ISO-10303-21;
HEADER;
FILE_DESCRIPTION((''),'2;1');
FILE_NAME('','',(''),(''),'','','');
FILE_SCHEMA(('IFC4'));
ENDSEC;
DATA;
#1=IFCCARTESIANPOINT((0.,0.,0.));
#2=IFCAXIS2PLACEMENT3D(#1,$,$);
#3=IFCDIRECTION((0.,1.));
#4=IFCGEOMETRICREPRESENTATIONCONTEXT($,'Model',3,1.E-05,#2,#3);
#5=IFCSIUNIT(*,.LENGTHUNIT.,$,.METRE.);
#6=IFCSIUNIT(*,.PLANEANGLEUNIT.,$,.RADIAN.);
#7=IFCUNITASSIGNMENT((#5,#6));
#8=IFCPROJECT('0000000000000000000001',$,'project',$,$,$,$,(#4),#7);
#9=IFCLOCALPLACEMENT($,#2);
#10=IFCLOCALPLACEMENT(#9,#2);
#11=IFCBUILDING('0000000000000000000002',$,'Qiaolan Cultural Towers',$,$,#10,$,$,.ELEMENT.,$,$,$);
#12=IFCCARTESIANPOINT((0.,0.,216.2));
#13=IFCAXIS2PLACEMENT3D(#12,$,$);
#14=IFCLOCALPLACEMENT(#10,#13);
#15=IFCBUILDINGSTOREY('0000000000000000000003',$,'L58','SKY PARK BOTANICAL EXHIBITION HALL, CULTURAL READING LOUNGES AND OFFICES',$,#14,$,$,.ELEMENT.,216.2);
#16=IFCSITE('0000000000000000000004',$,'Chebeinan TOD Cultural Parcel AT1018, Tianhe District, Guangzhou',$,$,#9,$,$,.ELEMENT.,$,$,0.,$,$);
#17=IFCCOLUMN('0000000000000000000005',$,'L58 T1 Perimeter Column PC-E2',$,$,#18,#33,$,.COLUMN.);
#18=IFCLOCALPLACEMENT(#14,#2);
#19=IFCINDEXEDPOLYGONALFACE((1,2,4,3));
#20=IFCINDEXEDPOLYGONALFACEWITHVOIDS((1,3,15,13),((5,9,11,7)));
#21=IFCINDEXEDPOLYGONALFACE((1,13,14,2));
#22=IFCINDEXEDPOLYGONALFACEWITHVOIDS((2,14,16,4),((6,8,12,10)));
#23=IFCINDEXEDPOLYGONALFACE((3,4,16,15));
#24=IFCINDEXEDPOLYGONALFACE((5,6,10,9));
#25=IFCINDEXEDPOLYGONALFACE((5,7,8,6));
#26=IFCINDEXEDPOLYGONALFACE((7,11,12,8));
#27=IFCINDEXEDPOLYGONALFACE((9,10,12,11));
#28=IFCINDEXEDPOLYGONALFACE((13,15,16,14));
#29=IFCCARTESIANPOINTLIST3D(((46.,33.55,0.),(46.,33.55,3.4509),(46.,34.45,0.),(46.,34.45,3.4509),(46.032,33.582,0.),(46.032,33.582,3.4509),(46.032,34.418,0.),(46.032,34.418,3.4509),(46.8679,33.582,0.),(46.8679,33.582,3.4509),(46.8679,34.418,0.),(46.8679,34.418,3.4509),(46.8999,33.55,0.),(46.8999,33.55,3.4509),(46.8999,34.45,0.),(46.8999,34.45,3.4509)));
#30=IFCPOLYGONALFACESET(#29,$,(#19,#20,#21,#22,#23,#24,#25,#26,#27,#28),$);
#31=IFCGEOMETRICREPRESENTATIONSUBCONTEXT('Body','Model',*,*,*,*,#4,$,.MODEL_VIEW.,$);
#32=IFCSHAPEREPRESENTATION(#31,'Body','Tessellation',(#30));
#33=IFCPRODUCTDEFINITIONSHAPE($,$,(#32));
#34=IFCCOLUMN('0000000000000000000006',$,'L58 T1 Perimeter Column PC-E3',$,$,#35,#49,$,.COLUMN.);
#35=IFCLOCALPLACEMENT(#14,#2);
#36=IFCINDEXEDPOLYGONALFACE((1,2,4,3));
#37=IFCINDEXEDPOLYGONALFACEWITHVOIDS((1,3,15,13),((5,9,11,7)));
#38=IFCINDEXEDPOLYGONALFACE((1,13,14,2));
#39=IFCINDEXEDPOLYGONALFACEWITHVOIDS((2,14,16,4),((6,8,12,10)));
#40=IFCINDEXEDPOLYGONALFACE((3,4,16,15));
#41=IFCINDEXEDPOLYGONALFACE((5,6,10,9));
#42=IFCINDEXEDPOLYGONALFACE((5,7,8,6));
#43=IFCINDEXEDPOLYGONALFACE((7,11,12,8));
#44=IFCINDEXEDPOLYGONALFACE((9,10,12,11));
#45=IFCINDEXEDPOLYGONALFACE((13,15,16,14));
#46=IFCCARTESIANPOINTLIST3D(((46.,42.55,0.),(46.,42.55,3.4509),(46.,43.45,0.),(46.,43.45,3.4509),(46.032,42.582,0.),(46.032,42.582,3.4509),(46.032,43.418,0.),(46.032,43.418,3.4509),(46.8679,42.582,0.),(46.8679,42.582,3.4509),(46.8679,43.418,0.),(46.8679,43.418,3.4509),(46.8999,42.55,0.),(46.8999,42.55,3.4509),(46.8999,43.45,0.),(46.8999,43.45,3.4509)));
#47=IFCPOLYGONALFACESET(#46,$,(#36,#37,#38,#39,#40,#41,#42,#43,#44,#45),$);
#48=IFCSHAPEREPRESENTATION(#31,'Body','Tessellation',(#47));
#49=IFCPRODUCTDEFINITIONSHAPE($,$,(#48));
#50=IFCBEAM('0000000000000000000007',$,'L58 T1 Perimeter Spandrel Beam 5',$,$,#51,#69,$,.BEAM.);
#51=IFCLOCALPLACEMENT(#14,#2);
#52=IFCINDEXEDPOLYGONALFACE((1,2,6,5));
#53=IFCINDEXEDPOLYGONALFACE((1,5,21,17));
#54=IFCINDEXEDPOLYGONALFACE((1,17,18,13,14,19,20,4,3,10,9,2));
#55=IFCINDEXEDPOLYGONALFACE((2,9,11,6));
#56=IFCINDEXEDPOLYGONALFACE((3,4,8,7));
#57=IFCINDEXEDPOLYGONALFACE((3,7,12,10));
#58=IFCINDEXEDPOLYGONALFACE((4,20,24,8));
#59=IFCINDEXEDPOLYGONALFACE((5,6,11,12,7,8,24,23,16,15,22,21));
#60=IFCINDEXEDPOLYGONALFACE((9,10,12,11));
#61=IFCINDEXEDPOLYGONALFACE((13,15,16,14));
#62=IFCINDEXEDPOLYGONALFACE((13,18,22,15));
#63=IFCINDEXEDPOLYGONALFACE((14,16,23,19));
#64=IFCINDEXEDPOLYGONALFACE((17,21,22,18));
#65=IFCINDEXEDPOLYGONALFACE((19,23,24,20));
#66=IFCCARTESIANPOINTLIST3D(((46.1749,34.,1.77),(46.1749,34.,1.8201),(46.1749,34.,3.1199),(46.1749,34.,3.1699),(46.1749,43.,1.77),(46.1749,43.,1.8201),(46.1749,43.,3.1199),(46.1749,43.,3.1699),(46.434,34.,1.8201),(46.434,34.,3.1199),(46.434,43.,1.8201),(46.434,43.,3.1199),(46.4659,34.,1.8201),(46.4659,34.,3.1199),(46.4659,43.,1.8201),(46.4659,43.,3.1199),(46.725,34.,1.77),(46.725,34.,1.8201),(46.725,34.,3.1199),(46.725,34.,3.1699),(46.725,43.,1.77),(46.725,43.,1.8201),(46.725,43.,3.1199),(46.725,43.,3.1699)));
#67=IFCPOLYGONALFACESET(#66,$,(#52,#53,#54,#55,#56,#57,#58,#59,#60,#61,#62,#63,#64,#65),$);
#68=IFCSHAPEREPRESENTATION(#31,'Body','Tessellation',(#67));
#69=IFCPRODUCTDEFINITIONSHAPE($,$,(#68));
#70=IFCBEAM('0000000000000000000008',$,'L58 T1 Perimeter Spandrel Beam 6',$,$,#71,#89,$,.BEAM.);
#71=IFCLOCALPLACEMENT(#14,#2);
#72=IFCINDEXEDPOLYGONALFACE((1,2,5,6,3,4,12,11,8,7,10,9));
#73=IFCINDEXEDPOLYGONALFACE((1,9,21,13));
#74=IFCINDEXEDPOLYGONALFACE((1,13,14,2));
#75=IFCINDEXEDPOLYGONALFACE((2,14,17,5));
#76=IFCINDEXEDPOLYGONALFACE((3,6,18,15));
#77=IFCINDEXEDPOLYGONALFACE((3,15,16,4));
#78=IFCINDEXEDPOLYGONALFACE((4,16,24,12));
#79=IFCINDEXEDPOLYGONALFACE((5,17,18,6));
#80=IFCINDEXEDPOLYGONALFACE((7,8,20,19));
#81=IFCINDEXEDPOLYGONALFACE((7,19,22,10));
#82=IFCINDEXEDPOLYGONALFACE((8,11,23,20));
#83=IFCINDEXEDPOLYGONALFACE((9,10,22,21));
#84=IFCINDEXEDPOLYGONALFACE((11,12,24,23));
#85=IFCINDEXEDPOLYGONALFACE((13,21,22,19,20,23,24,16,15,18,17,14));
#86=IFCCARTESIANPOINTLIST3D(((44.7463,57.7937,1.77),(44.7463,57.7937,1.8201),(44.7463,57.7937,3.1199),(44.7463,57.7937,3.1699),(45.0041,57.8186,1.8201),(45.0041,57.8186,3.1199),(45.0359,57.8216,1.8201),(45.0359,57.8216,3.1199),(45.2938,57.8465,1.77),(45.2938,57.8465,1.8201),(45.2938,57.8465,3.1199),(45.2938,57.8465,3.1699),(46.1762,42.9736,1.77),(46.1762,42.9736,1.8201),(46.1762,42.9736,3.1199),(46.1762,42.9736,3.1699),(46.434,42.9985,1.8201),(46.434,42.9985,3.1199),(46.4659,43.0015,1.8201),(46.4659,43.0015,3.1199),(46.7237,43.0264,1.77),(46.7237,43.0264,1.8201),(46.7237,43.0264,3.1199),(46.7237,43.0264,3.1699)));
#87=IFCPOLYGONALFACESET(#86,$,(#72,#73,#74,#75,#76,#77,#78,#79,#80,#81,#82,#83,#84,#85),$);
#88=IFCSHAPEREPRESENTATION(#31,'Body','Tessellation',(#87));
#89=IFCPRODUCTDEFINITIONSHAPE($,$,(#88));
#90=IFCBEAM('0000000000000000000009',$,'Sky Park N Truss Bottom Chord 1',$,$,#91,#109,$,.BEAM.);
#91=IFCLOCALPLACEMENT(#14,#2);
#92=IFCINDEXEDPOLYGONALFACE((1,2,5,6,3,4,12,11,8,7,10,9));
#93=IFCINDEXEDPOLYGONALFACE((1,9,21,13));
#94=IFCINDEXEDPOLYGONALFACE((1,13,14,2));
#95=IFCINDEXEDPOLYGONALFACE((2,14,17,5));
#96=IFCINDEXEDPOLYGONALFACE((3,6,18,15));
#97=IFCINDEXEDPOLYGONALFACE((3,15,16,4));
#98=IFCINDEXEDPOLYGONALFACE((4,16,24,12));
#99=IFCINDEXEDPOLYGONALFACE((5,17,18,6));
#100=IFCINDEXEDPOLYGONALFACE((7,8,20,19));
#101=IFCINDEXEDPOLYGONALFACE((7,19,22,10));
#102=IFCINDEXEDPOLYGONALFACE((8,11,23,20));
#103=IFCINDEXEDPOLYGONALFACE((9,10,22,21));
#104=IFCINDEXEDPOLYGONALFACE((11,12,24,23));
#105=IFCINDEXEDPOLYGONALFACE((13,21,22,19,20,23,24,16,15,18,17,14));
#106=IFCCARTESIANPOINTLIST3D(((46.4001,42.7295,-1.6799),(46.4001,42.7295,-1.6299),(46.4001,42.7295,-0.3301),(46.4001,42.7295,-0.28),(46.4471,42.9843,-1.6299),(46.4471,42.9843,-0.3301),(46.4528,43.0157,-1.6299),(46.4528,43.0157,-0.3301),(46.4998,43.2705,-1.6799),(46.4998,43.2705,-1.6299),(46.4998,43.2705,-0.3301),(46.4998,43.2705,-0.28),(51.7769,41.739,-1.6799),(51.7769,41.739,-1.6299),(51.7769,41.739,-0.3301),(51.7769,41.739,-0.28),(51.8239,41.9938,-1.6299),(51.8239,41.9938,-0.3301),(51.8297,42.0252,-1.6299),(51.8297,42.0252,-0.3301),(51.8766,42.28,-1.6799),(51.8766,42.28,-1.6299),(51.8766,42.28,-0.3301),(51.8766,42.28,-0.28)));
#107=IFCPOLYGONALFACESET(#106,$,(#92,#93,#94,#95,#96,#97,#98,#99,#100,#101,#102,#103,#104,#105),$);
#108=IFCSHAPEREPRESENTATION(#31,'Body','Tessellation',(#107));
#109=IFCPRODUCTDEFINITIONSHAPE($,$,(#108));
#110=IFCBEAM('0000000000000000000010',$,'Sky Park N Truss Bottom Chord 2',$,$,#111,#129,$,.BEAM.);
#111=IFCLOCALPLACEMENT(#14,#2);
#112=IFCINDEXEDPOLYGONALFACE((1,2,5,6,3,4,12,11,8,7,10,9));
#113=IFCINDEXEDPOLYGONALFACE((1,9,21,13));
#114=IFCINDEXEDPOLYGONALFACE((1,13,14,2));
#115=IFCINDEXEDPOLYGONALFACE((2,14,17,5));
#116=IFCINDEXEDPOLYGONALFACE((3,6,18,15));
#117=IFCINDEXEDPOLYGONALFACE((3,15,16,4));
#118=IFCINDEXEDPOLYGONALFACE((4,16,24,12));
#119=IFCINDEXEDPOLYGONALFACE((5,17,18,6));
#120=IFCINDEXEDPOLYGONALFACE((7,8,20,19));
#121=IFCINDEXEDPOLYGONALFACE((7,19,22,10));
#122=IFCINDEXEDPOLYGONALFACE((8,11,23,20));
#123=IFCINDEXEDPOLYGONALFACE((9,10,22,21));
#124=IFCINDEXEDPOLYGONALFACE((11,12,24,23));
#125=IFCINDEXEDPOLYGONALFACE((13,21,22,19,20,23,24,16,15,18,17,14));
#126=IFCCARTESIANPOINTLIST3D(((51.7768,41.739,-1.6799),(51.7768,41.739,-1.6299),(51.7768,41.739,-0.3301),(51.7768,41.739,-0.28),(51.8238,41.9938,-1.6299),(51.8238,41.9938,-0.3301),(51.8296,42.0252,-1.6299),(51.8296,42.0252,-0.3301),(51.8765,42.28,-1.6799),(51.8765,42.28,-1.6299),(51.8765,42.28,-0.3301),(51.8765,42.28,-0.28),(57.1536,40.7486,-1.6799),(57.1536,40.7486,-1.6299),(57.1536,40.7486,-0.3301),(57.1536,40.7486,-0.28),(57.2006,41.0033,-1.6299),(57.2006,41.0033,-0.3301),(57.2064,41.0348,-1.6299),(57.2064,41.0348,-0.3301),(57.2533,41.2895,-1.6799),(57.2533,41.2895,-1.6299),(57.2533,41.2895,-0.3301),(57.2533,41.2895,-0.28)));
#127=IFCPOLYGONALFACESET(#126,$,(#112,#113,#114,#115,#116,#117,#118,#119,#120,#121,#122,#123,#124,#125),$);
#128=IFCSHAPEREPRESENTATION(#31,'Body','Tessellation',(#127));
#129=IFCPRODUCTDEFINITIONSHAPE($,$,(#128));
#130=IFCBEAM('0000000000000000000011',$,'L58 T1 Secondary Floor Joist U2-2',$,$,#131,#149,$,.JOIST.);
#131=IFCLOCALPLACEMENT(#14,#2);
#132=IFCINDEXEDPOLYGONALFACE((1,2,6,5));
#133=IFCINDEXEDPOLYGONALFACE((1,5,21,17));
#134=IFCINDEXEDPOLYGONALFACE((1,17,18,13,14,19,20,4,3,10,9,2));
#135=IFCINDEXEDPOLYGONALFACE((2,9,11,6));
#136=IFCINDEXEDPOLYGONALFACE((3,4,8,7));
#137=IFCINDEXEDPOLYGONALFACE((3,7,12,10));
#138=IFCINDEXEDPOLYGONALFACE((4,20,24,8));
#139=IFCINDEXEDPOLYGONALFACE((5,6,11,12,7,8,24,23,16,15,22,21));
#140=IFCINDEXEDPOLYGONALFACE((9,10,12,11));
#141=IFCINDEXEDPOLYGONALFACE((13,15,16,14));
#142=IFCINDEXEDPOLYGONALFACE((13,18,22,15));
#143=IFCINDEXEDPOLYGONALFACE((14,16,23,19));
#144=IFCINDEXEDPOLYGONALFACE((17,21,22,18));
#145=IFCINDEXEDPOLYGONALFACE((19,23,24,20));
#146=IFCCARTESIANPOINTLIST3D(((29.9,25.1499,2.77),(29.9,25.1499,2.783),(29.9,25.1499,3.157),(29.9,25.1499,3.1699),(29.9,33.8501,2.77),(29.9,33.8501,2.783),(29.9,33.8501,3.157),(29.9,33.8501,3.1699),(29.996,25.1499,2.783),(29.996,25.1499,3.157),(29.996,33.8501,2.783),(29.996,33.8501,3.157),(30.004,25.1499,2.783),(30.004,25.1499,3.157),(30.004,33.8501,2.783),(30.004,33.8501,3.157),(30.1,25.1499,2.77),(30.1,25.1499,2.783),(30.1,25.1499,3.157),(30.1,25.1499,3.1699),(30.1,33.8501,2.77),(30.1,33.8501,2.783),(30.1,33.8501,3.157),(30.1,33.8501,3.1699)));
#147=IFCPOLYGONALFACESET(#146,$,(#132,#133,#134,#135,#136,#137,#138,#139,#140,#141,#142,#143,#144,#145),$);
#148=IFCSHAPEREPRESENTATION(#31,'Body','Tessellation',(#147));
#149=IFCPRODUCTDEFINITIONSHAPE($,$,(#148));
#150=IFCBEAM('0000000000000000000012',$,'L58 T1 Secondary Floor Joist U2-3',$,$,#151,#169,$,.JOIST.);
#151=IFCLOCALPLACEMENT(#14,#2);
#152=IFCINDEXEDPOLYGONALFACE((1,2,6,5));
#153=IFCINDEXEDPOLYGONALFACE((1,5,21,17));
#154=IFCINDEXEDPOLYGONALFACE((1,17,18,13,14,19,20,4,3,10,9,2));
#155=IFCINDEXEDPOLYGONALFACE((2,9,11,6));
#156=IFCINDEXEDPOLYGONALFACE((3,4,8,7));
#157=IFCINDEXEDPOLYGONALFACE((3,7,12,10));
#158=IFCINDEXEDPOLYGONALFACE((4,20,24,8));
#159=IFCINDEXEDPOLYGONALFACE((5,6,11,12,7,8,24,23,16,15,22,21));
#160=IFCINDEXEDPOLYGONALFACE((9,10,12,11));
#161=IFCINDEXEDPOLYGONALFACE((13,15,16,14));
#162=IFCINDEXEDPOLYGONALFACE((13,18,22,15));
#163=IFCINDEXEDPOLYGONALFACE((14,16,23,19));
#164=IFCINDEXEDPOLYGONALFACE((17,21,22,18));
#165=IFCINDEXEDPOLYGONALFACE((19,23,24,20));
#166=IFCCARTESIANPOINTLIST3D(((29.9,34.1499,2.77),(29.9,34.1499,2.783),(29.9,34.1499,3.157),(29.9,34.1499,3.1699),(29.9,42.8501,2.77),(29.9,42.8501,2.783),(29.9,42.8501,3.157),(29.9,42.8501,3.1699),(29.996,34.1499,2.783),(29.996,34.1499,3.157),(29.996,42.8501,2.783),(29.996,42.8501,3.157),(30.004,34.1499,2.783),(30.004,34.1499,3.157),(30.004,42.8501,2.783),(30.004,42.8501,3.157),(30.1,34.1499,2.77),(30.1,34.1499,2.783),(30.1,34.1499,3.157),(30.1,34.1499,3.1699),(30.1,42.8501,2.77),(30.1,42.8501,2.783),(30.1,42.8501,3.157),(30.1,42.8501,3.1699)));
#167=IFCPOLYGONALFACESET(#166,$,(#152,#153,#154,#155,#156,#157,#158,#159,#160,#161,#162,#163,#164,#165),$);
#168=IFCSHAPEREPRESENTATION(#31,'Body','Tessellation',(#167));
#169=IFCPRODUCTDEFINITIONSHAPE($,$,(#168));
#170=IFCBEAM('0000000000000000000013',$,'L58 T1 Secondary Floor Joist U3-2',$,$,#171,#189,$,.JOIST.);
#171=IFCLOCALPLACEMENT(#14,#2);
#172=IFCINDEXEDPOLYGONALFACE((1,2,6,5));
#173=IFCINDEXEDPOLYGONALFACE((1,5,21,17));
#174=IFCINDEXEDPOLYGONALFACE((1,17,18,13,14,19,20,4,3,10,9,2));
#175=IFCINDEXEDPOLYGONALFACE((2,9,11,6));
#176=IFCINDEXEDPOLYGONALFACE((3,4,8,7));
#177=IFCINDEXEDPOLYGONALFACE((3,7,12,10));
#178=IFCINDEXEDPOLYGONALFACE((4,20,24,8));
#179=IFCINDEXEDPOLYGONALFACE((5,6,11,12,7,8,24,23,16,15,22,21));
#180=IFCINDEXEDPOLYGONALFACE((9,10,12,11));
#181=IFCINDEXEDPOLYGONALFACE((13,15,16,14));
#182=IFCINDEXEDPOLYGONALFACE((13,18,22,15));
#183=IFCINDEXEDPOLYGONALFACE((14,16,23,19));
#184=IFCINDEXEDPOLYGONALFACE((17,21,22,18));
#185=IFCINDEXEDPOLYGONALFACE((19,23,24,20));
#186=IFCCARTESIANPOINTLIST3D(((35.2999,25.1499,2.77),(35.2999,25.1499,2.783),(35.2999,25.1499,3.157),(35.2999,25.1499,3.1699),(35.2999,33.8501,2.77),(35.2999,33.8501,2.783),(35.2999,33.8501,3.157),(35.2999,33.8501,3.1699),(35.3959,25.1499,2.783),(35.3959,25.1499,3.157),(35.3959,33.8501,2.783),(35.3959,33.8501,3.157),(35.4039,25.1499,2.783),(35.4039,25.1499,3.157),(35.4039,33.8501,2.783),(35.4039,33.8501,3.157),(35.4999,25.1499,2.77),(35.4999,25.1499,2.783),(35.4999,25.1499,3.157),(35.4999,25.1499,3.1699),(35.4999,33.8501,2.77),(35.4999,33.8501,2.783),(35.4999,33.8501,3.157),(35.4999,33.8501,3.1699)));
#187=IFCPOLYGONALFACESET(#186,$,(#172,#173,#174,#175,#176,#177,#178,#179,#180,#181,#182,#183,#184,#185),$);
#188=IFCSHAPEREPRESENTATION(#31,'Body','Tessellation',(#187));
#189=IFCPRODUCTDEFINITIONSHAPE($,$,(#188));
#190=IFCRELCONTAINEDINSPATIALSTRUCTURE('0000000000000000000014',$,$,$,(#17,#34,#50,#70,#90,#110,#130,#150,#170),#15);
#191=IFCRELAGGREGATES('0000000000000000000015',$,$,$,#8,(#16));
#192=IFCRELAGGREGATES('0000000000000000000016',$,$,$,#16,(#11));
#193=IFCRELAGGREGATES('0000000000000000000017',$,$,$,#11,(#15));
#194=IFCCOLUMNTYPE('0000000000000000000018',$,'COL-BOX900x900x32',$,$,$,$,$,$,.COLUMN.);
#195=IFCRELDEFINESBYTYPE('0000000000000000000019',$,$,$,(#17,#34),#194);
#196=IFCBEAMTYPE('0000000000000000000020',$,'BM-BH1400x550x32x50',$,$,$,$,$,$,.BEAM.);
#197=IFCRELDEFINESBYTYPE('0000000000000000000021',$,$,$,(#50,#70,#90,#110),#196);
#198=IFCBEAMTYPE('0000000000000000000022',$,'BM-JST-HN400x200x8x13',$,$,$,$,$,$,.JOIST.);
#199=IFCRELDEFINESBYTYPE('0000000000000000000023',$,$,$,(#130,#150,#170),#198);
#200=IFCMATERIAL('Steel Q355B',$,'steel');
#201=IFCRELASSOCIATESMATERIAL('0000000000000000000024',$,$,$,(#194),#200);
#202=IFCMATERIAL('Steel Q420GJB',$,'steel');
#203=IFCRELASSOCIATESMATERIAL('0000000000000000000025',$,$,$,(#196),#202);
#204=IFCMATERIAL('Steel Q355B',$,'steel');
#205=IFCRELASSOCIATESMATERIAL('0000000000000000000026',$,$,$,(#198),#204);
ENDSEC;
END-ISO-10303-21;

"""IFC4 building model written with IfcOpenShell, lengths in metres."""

from ifc_helpers import new_model, si_unit, direction, frame, origin, origin_2d, place, context, subcontext, project, spatial, hollow_rectangle, i_section, extrude, material, material_profile, profile_set, type_object, element, save


model = new_model("IFC4")

# Units and contexts
model_context = context("Model", 3, precision=1e-05, world=origin(), true_north=direction((0.0, 1.0)))
body_context = subcontext(model_context, "Body", "Model", "MODEL_VIEW")
ifc_project = project(units=[si_unit("LENGTHUNIT", "METRE"), si_unit("PLANEANGLEUNIT", "RADIAN")], contexts=[model_context])

# Site, building, storey
site_placement = place(None, origin())
site = spatial("IfcSite", under=ifc_project, at=site_placement, Name="Chebeinan TOD Cultural Parcel AT1018, Tianhe District, Guangzhou", CompositionType="ELEMENT", RefElevation=0.0)
building_placement = place(site_placement, origin())
building = spatial("IfcBuilding", under=site, at=building_placement, Name="Qiaolan Cultural Towers", CompositionType="ELEMENT")
storey_placement = place(building_placement, frame((0.0, 0.0, 216.2)))
storey = spatial("IfcBuildingStorey", under=building, at=storey_placement, Name="L58", Description="SKY PARK BOTANICAL EXHIBITION HALL, CULTURAL READING LOUNGES AND OFFICES", CompositionType="ELEMENT", Elevation=216.2)

# Columns
ifc_material_1 = material(Name="Steel Q355B", Category="steel")
ifc_material_profile_1 = material_profile(ifc_material_1, hollow_rectangle(XDim=0.8999, YDim=0.8999, WallThickness=0.032, at=origin_2d()), Name="BOX900x900x32")
ifc_profile_set_1 = profile_set([ifc_material_profile_1], Name="Steel Q355B")
column_type = type_object("IfcColumnType", Name="COL-BOX900x900x32", PredefinedType="COLUMN", material=ifc_profile_set_1)
for number, where, z_axis, x_axis, name in (
    (1, (46.45, 34.0, 0.0), (0.0, 0.0, 1.0), (1.0, 0.0, 0.0), "L58 T1 Perimeter Column PC-E2"),
    (2, (46.45, 43.0, 0.0), (0.0, 0.0, 1.0), (1.0, 0.0, 0.0), "L58 T1 Perimeter Column PC-E3"),
):
    element("IfcColumn", number, at=place(storey_placement, frame(where, z_axis=z_axis, x_axis=x_axis)), inside=storey, type_object=column_type, Name=name, PredefinedType="COLUMN", context=body_context, shape_type="SweptSolid", body=[
        extrude(hollow_rectangle(XDim=0.8999, YDim=0.8999, WallThickness=0.032, at=origin_2d()), origin(), (0.0, 0.0, 1.0), 3.4509),
    ])

# Beams
ifc_material_2 = material(Name="Steel Q420GJB", Category="steel")
ifc_material_profile_2 = material_profile(ifc_material_2, i_section(OverallWidth=0.55, OverallDepth=1.3999, WebThickness=0.032, FlangeThickness=0.05, at=origin_2d()), Name="BH1400x550x32x50")
ifc_profile_set_2 = profile_set([ifc_material_profile_2], Name="Steel Q420GJB")
beam_type_1 = type_object("IfcBeamType", Name="BM-BH1400x550x32x50", PredefinedType="BEAM", material=ifc_profile_set_2)
beam_1_placement = place(storey_placement, frame((46.45, 34.0, 2.47), z_axis=(0.0, 1.0, 0.0), x_axis=(-1.0, 0.0, 0.0)))
element("IfcBeam", 3, at=beam_1_placement, inside=storey, type_object=beam_type_1, Name="L58 T1 Perimeter Spandrel Beam 5", PredefinedType="BEAM", context=body_context, shape_type="SweptSolid", body=[
    extrude(i_section(OverallWidth=0.55, OverallDepth=1.3999, WebThickness=0.032, FlangeThickness=0.05, at=origin_2d()), origin(), (0.0, 0.0, 1.0), 9.0),
])
beam_2_placement = place(storey_placement, frame((46.45, 43.0, 2.47), z_axis=(-0.09604, 0.995377, 0.0), x_axis=(-0.995377, -0.09604, 0.0)))
element("IfcBeam", 4, at=beam_2_placement, inside=storey, type_object=beam_type_1, Name="L58 T1 Perimeter Spandrel Beam 6", PredefinedType="BEAM", context=body_context, shape_type="SweptSolid", body=[
    extrude(i_section(OverallWidth=0.55, OverallDepth=1.3999, WebThickness=0.032, FlangeThickness=0.05, at=origin_2d()), origin(), (0.0, 0.0, 1.0), 14.8889),
])
for number, where, z_axis, x_axis, name in (
    (5, (46.45, 43.0, -0.98), (0.983452, -0.181168, 0.0), (0.181168, 0.983452, 0.0), "Sky Park N Truss Bottom Chord 1"),
    (6, (51.8267, 42.0095, -0.98), (0.983452, -0.181168, 0.0), (0.181168, 0.983452, 0.0), "Sky Park N Truss Bottom Chord 2"),
):
    element("IfcBeam", number, at=place(storey_placement, frame(where, z_axis=z_axis, x_axis=x_axis)), inside=storey, type_object=beam_type_1, Name=name, PredefinedType="BEAM", context=body_context, shape_type="SweptSolid", body=[
        extrude(i_section(OverallWidth=0.55, OverallDepth=1.3999, WebThickness=0.032, FlangeThickness=0.05, at=origin_2d()), origin(), (0.0, 0.0, 1.0), 5.4673),
    ])
ifc_material_3 = material(Name="Steel Q355B", Category="steel")
ifc_material_profile_3 = material_profile(ifc_material_3, i_section(OverallWidth=0.2, OverallDepth=0.3999, WebThickness=0.0081, FlangeThickness=0.0129, at=origin_2d()), Name="HN400x200x8x13")
ifc_profile_set_3 = profile_set([ifc_material_profile_3], Name="Steel Q355B")
beam_type_2 = type_object("IfcBeamType", Name="BM-JST-HN400x200x8x13", PredefinedType="JOIST", material=ifc_profile_set_3)
for number, where, z_axis, x_axis, name in (
    (7, (30.0, 25.1499, 2.97), (0.0, 1.0, 0.0), (-1.0, 0.0, 0.0), "L58 T1 Secondary Floor Joist U2-2"),
    (8, (30.0, 34.1499, 2.97), (0.0, 1.0, 0.0), (-1.0, 0.0, 0.0), "L58 T1 Secondary Floor Joist U2-3"),
    (9, (35.3999, 25.1499, 2.97), (0.0, 1.0, 0.0), (-1.0, 0.0, 0.0), "L58 T1 Secondary Floor Joist U3-2"),
):
    element("IfcBeam", number, at=place(storey_placement, frame(where, z_axis=z_axis, x_axis=x_axis)), inside=storey, type_object=beam_type_2, Name=name, PredefinedType="JOIST", context=body_context, shape_type="SweptSolid", body=[
        extrude(i_section(OverallWidth=0.2, OverallDepth=0.3999, WebThickness=0.0081, FlangeThickness=0.0129, at=origin_2d()), origin(), (0.0, 0.0, 1.0), 8.7002),
    ])

save(model, "model.ifc")
